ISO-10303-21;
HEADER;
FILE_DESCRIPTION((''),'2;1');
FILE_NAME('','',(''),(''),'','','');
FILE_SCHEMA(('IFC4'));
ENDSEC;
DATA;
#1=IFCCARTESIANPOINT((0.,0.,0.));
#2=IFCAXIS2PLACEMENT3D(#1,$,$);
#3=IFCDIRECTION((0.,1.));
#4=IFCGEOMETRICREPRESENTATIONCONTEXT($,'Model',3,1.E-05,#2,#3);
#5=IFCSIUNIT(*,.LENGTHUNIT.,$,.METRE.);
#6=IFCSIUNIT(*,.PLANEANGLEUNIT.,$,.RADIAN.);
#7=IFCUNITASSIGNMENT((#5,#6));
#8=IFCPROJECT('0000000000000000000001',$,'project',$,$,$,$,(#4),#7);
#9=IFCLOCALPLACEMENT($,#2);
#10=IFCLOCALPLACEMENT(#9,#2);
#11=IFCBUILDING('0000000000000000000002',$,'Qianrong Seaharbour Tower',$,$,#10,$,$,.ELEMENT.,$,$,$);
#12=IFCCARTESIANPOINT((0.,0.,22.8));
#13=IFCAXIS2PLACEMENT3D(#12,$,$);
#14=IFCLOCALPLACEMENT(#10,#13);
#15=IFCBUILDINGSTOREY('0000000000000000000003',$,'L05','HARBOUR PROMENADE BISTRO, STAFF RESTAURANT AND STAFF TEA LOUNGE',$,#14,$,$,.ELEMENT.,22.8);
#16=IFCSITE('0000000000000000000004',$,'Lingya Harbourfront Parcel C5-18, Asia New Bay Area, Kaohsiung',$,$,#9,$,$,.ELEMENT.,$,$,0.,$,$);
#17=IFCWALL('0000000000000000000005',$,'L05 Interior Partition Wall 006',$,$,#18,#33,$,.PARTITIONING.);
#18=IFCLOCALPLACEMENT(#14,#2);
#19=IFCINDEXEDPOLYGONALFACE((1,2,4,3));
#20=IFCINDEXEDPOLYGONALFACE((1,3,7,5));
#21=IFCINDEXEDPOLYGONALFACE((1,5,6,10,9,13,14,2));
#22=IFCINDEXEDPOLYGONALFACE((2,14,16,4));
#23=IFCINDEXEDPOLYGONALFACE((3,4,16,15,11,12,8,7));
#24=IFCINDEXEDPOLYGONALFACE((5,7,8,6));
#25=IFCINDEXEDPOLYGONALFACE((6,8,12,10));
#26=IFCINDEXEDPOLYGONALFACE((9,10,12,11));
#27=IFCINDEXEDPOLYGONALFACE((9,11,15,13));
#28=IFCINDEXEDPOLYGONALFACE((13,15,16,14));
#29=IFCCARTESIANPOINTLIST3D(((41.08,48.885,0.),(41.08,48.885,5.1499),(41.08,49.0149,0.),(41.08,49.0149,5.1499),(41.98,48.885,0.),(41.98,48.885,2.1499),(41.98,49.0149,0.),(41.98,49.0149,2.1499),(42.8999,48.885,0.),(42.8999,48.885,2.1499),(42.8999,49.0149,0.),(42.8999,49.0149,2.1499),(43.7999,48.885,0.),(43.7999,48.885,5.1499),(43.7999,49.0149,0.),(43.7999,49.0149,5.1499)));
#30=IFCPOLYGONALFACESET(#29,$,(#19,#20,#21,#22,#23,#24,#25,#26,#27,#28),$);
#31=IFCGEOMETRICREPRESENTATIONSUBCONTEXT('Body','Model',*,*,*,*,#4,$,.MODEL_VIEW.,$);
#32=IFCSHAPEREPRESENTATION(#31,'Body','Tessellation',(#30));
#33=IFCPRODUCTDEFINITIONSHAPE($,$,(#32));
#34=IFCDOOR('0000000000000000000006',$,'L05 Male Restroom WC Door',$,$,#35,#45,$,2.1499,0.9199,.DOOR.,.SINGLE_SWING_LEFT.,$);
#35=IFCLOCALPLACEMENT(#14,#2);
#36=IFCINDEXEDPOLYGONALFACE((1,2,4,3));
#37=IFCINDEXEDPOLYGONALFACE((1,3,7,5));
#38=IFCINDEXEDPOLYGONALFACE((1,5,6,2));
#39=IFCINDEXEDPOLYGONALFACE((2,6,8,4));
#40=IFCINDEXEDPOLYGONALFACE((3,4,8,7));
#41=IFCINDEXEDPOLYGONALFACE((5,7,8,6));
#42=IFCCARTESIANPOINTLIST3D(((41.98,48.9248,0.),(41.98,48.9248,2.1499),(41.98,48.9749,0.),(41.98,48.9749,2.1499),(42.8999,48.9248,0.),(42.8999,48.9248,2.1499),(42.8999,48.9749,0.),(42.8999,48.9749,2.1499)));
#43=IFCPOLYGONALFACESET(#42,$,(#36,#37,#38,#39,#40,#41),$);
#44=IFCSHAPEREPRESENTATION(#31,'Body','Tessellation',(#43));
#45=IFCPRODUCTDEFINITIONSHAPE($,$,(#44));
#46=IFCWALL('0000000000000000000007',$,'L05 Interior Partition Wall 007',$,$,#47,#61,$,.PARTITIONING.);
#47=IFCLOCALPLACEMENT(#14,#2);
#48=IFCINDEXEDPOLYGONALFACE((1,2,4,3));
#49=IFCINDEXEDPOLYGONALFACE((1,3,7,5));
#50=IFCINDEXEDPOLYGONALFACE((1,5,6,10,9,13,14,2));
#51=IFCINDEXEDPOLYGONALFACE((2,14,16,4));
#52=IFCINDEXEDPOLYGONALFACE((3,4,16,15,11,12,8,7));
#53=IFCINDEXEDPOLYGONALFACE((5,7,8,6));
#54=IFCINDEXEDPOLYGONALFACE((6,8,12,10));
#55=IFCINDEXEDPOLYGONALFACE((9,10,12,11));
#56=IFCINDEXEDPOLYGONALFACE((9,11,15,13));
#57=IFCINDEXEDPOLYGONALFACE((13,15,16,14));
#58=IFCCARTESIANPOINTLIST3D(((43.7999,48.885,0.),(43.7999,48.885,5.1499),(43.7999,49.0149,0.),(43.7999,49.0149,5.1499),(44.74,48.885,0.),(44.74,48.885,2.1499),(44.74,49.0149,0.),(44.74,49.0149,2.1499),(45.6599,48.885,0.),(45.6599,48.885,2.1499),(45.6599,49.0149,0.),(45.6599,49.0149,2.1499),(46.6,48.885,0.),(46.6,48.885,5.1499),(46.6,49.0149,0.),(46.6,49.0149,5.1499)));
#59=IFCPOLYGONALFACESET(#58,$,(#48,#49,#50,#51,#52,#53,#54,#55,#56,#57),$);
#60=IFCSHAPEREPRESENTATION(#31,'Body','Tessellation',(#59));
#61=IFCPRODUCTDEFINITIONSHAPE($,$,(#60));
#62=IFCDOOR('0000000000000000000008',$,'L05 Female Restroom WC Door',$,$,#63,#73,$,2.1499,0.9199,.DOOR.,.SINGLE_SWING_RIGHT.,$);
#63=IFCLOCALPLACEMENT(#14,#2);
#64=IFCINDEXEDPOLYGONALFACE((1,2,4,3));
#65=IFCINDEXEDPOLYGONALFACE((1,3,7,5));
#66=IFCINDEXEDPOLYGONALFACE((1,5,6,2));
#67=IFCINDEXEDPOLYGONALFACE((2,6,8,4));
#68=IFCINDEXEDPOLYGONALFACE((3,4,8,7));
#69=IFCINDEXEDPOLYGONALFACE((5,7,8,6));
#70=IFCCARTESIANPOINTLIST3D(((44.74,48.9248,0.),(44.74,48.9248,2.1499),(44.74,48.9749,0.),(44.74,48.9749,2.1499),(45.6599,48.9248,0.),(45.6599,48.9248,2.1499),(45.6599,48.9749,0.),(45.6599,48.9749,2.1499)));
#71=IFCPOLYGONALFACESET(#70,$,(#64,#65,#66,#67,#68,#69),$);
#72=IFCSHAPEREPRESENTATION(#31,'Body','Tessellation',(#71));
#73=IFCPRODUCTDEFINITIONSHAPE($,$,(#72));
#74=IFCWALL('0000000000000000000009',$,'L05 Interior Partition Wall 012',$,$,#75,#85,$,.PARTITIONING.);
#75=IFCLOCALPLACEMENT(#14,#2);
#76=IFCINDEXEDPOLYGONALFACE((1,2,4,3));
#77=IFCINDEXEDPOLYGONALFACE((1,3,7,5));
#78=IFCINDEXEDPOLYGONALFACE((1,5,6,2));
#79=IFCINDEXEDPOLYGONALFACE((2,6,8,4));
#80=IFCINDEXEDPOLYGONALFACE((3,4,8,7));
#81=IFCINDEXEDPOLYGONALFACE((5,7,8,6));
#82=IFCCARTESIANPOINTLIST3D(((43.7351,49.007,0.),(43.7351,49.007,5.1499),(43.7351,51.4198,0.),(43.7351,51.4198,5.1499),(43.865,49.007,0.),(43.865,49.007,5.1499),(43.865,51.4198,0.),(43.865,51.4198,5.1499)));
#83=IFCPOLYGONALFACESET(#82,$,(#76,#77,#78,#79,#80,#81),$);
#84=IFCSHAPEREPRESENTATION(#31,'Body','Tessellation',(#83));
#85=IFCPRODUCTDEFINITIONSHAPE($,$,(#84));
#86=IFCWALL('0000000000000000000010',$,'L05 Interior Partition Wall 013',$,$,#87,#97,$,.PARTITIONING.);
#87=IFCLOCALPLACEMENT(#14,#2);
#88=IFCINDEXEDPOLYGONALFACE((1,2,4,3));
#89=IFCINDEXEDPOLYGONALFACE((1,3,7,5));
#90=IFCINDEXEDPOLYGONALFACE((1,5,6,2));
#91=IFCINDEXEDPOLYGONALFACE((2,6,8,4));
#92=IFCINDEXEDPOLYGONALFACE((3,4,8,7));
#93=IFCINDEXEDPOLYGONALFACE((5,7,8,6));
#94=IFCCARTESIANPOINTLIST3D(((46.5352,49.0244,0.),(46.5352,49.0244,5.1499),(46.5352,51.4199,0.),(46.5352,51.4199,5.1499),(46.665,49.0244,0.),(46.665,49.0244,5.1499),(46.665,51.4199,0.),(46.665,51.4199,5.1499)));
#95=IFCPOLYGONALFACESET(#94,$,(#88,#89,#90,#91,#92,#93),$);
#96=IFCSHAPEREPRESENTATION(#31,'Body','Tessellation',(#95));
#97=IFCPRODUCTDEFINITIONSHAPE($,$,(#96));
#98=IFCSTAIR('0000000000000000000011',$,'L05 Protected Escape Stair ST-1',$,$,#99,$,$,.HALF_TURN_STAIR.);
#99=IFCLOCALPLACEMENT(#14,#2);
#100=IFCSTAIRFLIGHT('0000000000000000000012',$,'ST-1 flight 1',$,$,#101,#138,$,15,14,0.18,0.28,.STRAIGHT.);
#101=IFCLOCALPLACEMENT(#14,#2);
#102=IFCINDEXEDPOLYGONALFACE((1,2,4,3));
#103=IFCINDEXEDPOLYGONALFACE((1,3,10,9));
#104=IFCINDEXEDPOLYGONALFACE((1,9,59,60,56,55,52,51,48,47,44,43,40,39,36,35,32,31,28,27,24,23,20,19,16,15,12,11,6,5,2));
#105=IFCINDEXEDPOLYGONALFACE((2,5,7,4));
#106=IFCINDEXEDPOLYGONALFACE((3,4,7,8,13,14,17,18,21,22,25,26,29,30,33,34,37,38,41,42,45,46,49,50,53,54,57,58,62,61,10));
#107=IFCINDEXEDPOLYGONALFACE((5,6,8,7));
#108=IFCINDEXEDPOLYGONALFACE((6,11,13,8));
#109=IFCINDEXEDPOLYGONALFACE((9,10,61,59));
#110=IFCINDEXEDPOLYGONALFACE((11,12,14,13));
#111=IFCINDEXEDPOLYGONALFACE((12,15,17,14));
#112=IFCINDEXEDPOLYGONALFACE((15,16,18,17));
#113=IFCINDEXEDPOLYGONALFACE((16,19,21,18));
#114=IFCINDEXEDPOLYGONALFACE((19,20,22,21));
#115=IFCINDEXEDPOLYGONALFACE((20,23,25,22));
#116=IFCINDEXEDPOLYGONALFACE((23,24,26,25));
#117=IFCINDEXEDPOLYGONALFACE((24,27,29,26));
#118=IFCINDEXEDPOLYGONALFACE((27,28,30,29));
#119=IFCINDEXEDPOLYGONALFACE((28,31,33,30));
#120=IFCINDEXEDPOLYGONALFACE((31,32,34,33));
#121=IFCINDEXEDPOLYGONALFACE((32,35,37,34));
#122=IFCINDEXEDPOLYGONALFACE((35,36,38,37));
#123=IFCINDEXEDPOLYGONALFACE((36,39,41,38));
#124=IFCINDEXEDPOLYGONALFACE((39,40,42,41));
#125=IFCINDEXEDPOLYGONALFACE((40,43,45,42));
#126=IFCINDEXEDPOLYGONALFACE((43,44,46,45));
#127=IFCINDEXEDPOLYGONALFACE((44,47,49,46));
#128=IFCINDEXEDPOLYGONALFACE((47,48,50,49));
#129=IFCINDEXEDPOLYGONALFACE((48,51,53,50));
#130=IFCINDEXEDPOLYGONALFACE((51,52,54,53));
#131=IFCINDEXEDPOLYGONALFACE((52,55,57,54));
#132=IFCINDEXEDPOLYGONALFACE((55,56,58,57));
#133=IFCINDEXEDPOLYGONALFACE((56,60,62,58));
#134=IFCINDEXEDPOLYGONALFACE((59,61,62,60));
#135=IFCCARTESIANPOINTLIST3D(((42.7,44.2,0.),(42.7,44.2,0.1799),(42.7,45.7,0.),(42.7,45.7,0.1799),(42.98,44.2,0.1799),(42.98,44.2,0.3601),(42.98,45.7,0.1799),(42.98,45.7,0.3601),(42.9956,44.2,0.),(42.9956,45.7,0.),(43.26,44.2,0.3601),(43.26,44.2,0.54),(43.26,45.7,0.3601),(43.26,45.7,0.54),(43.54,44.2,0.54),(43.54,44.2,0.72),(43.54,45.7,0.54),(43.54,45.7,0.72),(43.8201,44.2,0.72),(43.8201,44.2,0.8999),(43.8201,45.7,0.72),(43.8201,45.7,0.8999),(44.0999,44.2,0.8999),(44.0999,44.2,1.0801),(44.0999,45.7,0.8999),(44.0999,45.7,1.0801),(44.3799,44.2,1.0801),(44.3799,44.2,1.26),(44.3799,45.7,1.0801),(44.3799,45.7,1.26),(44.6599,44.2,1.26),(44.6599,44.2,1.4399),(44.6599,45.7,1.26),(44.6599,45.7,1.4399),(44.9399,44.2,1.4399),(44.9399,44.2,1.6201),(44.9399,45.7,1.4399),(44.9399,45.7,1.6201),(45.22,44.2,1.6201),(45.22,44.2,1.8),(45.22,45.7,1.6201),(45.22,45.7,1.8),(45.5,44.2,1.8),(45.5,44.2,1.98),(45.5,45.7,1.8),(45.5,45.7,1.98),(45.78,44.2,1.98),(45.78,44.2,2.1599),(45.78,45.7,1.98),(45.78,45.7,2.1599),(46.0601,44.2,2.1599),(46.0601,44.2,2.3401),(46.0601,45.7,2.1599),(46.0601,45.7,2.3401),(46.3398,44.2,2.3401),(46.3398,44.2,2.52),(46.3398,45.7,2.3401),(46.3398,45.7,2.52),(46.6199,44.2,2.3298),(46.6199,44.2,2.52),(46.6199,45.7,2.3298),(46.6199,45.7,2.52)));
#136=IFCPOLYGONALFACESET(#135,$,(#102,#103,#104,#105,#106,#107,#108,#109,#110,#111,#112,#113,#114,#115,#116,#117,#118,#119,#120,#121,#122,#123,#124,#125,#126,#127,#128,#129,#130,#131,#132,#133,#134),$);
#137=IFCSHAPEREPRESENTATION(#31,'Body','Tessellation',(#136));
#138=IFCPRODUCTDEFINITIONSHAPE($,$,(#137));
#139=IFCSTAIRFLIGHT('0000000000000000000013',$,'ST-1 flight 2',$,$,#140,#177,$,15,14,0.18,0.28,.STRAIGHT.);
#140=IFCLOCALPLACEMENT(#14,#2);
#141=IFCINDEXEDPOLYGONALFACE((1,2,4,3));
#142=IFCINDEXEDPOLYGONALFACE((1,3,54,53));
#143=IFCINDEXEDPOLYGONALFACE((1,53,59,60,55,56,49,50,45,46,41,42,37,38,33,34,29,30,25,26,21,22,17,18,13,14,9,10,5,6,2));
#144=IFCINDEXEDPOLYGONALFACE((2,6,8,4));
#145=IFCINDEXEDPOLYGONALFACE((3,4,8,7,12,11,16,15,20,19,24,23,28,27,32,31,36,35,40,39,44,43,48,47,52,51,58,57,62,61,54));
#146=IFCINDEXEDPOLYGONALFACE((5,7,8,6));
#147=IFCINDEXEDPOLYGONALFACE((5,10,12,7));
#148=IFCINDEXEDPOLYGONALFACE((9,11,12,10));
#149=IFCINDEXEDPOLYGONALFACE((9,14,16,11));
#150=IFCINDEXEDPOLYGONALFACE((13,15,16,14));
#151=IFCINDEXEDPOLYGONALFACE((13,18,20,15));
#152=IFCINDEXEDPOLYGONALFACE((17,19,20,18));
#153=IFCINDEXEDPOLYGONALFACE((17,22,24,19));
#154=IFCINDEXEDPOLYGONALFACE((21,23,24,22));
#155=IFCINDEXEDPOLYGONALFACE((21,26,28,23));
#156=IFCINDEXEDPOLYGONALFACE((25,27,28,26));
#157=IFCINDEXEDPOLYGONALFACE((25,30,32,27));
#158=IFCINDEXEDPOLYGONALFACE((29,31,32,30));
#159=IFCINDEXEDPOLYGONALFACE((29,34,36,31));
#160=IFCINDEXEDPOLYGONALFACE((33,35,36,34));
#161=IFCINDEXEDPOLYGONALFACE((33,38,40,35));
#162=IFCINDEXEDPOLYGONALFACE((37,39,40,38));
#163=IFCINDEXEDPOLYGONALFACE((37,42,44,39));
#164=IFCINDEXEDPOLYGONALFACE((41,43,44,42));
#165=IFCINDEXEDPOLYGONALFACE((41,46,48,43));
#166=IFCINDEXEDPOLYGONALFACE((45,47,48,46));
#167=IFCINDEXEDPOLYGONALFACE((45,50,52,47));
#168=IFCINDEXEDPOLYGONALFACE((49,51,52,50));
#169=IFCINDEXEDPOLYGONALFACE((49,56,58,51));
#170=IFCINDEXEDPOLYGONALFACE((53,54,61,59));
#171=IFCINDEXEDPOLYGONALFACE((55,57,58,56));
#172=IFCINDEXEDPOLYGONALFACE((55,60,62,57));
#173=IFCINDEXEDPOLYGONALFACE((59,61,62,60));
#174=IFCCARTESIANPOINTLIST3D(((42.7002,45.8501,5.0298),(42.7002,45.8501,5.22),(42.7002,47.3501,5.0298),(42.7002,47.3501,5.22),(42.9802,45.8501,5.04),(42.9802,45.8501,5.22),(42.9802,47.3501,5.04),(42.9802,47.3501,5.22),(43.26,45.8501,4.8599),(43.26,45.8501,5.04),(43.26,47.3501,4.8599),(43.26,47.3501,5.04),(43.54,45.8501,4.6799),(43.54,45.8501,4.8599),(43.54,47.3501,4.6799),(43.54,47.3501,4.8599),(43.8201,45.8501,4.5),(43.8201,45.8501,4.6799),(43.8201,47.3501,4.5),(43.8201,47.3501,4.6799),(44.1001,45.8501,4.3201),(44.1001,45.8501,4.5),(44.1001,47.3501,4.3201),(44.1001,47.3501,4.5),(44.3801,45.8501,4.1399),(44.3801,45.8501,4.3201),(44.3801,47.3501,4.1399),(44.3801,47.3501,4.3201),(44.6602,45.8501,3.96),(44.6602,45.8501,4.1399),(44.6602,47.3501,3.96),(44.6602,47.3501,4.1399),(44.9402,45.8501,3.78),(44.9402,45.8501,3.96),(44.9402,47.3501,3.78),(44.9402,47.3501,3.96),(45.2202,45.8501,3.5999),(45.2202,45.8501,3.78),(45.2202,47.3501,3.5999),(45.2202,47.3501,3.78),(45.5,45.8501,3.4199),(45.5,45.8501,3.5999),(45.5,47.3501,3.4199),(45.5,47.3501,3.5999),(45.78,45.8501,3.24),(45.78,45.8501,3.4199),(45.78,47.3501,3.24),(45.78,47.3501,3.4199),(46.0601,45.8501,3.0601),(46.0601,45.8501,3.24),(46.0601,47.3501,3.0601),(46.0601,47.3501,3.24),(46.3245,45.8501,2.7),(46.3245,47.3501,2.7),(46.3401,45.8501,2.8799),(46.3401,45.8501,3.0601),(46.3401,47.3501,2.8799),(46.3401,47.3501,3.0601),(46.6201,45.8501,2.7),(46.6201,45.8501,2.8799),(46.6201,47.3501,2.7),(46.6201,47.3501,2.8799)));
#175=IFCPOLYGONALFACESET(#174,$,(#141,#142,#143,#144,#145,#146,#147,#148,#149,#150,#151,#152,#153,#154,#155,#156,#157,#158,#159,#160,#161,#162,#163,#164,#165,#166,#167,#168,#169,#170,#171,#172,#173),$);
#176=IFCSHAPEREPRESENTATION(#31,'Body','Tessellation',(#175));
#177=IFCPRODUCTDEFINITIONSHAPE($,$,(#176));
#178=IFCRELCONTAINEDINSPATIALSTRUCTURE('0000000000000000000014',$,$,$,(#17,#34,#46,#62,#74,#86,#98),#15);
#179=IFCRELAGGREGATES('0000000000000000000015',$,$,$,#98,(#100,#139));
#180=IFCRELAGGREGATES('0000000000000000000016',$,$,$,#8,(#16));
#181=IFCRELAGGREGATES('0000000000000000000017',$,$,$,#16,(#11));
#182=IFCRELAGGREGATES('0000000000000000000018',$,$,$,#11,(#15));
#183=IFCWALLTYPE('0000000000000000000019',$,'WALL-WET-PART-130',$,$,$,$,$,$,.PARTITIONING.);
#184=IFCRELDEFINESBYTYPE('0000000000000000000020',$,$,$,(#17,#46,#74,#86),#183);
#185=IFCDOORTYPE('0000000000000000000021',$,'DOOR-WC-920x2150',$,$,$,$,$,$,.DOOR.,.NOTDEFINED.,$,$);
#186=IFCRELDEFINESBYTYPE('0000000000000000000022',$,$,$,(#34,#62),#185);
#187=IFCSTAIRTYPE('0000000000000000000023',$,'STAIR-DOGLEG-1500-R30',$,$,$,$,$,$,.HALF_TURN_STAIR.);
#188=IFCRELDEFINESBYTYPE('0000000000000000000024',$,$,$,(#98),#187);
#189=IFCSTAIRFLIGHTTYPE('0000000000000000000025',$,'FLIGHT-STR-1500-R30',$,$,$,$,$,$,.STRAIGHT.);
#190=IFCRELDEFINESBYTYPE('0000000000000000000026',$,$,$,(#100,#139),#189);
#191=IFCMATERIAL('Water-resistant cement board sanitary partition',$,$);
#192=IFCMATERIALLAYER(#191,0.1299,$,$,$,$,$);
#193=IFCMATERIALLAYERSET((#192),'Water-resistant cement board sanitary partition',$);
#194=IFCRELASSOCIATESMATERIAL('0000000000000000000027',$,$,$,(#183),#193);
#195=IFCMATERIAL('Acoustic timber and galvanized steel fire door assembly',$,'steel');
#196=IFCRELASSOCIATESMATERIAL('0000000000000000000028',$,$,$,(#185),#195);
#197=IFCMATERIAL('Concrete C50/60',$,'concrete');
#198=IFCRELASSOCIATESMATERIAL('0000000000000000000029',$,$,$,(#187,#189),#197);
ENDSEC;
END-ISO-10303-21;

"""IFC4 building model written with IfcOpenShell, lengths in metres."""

from ifc_helpers import new_model, si_unit, direction, frame, frame_2d, origin, place, context, subcontext, project, spatial, polyline, rectangle, outline, extrude, material, layer, layer_set, type_object, element, fill, aggregate, save


model = new_model("IFC4")

# Units and contexts
model_context = context("Model", 3, precision=1e-05, world=origin(), true_north=direction((0.0, 1.0)))
body_context = subcontext(model_context, "Body", "Model", "MODEL_VIEW")
ifc_project = project(units=[si_unit("LENGTHUNIT", "METRE"), si_unit("PLANEANGLEUNIT", "RADIAN")], contexts=[model_context])

# Site, building, storey
site_placement = place(None, origin())
site = spatial("IfcSite", under=ifc_project, at=site_placement, Name="Lingya Harbourfront Parcel C5-18, Asia New Bay Area, Kaohsiung", CompositionType="ELEMENT", RefElevation=0.0)
building_placement = place(site_placement, origin())
building = spatial("IfcBuilding", under=site, at=building_placement, Name="Qianrong Seaharbour Tower", CompositionType="ELEMENT")
storey_placement = place(building_placement, frame((0.0, 0.0, 22.8)))
storey = spatial("IfcBuildingStorey", under=building, at=storey_placement, Name="L05", Description="HARBOUR PROMENADE BISTRO, STAFF RESTAURANT AND STAFF TEA LOUNGE", CompositionType="ELEMENT", Elevation=22.8)

# Shared definitions
ifc_material_1 = material(Name="Acoustic timber and galvanized steel fire door assembly", Category="steel")

# Shared definitions
ifc_material_2 = material(Name="Concrete C50/60", Category="concrete")

# Walls, openings, doors
ifc_material_3 = material(Name="Water-resistant cement board sanitary partition")
ifc_layer_1 = layer(ifc_material_3, 0.1299)
ifc_layer_set_1 = layer_set([ifc_layer_1], Name="Water-resistant cement board sanitary partition")
wall_type_1 = type_object("IfcWallType", Name="WALL-WET-PART-130", PredefinedType="PARTITIONING", material=ifc_layer_set_1)
wall_1_placement = place(storey_placement, frame((41.0801, 48.95, 0.0), z_axis=(0.0, 0.0, 1.0), x_axis=(1.0, 0.0, 0.0)))
wall_1 = element("IfcWall", 1, at=wall_1_placement, inside=storey, type_object=wall_type_1, Name="L05 Interior Partition Wall 006", PredefinedType="PARTITIONING", context=body_context, shape_type="SweptSolid", body=[
    extrude(rectangle(XDim=2.72, YDim=0.1299, at=frame_2d((1.3599, 0.0))), origin(), (0.0, 0.0, 1.0), 5.1499),
])
opening_1_placement = place(wall_1_placement, frame((0.8999, 0.0, 0.0)))
opening_1 = element("IfcOpeningElement", 2, at=opening_1_placement, cuts=wall_1, PredefinedType="OPENING", context=body_context, shape_type="SweptSolid", body=[
    extrude(rectangle(XDim=0.9199, YDim=2.1499, at=frame_2d((0.46, 1.075))), frame((0.0, 0.075, 0.0), z_axis=(0.0, -1.0, 0.0), x_axis=(1.0, 0.0, 0.0)), (0.0, 0.0, 1.0), 0.1499),
])
door_type_1 = type_object("IfcDoorType", Name="DOOR-WC-920x2150", OperationType="NOTDEFINED", PredefinedType="DOOR", material=ifc_material_1)
door_1_placement = place(opening_1_placement, origin())
door_1 = element("IfcDoor", 3, at=door_1_placement, inside=storey, type_object=door_type_1, Name="L05 Male Restroom WC Door", OperationType="SINGLE_SWING_LEFT", OverallHeight=2.1499, OverallWidth=0.9199, PredefinedType="DOOR", context=body_context, shape_type="SweptSolid", body=[
    extrude(rectangle(XDim=0.9199, YDim=2.1499, at=frame_2d((0.46, 1.075))), frame((0.0, 0.0249, 0.0), z_axis=(0.0, -1.0, 0.0), x_axis=(1.0, 0.0, 0.0)), (0.0, 0.0, 1.0), 0.05),
])
fill(opening_1, door_1)
wall_2_placement = place(storey_placement, frame((43.8, 48.95, 0.0), z_axis=(0.0, 0.0, 1.0), x_axis=(1.0, 0.0, 0.0)))
wall_2 = element("IfcWall", 4, at=wall_2_placement, inside=storey, type_object=wall_type_1, Name="L05 Interior Partition Wall 007", PredefinedType="PARTITIONING", context=body_context, shape_type="SweptSolid", body=[
    extrude(rectangle(XDim=2.8, YDim=0.1299, at=frame_2d((1.3999, 0.0))), origin(), (0.0, 0.0, 1.0), 5.1499),
])
opening_2_placement = place(wall_2_placement, frame((0.9399, 0.0, 0.0)))
opening_2 = element("IfcOpeningElement", 5, at=opening_2_placement, cuts=wall_2, PredefinedType="OPENING", context=body_context, shape_type="SweptSolid", body=[
    extrude(rectangle(XDim=0.9199, YDim=2.1499, at=frame_2d((0.46, 1.075))), frame((0.0, 0.075, 0.0), z_axis=(0.0, -1.0, 0.0), x_axis=(1.0, 0.0, 0.0)), (0.0, 0.0, 1.0), 0.1499),
])
door_2_placement = place(opening_2_placement, origin())
door_2 = element("IfcDoor", 6, at=door_2_placement, inside=storey, type_object=door_type_1, Name="L05 Female Restroom WC Door", OperationType="SINGLE_SWING_RIGHT", OverallHeight=2.1499, OverallWidth=0.9199, PredefinedType="DOOR", context=body_context, shape_type="SweptSolid", body=[
    extrude(rectangle(XDim=0.9199, YDim=2.1499, at=frame_2d((0.46, 1.075))), frame((0.0, 0.0249, 0.0), z_axis=(0.0, -1.0, 0.0), x_axis=(1.0, 0.0, 0.0)), (0.0, 0.0, 1.0), 0.05),
])
fill(opening_2, door_2)

# Walls
wall_3_placement = place(storey_placement, frame((43.8, 51.4199, 0.0), z_axis=(0.0, 0.0, 1.0), x_axis=(0.0, -1.0, 0.0)))
element("IfcWall", 7, at=wall_3_placement, inside=storey, type_object=wall_type_1, Name="L05 Interior Partition Wall 012", PredefinedType="PARTITIONING", context=body_context, shape_type="SweptSolid", body=[
    extrude(rectangle(XDim=2.4128, YDim=0.1299, at=frame_2d((1.2065, 0.0))), origin(), (0.0, 0.0, 1.0), 5.1499),
])
wall_4_placement = place(storey_placement, frame((46.6001, 51.4199, 0.0), z_axis=(0.0, 0.0, 1.0), x_axis=(0.0, -1.0, 0.0)))
element("IfcWall", 8, at=wall_4_placement, inside=storey, type_object=wall_type_1, Name="L05 Interior Partition Wall 013", PredefinedType="PARTITIONING", context=body_context, shape_type="SweptSolid", body=[
    extrude(rectangle(XDim=2.3955, YDim=0.1299, at=frame_2d((1.1978, 0.0))), origin(), (0.0, 0.0, 1.0), 5.1499),
])

# Stair, stair flights
stair_type = type_object("IfcStairType", Name="STAIR-DOGLEG-1500-R30", PredefinedType="HALF_TURN_STAIR", material=ifc_material_2)
stair_placement = place(storey_placement, origin())
stair = element("IfcStair", 9, at=stair_placement, inside=storey, type_object=stair_type, Name="L05 Protected Escape Stair ST-1", PredefinedType="HALF_TURN_STAIR")
stair_flight_type = type_object("IfcStairFlightType", Name="FLIGHT-STR-1500-R30", PredefinedType="STRAIGHT", material=ifc_material_2)
stair_flight_1_placement = place(storey_placement, frame((42.7, 44.95, 0.0), z_axis=(0.0, 0.0, 1.0), x_axis=(1.0, 0.0, 0.0)))
stair_flight_1 = element("IfcStairFlight", 10, at=stair_flight_1_placement, type_object=stair_flight_type, Name="ST-1 flight 1", NumberOfRisers=15, NumberOfTreads=14, PredefinedType="STRAIGHT", RiserHeight=0.18, TreadLength=0.28, context=body_context, shape_type="SweptSolid", body=[
    extrude(outline(polyline([(0.0, 0.0), (0.0, 0.1799), (0.28, 0.1799), (0.28, 0.3601), (0.5601, 0.3601), (0.5601, 0.54), (0.8401, 0.54), (0.8401, 0.72), (1.1201, 0.72), (1.1201, 0.8999), (1.3999, 0.8999), (1.3999, 1.0801), (1.6799, 1.0801), (1.6799, 1.26), (1.96, 1.26), (1.96, 1.4399), (2.24, 1.4399), (2.24, 1.6201), (2.52, 1.6201), (2.52, 1.8), (2.8, 1.8), (2.8, 1.98), (3.0801, 1.98), (3.0801, 2.1599), (3.3601, 2.1599), (3.3601, 2.3401), (3.6399, 2.3401), (3.6399, 2.52), (3.9199, 2.52), (3.9199, 2.7), (3.9199, 2.3298), (0.2957, 0.0), (0.0, 0.0)])), frame((0.0, 0.75, 0.0), z_axis=(0.0, -1.0, 0.0), x_axis=(1.0, 0.0, 0.0)), (0.0, 0.0, 1.0), 1.5),
])
stair_flight_2_placement = place(storey_placement, frame((46.6201, 46.6001, 2.7), z_axis=(0.0, 0.0, 1.0), x_axis=(-1.0, 0.0, 0.0)))
stair_flight_2 = element("IfcStairFlight", 11, at=stair_flight_2_placement, type_object=stair_flight_type, Name="ST-1 flight 2", NumberOfRisers=15, NumberOfTreads=14, PredefinedType="STRAIGHT", RiserHeight=0.18, TreadLength=0.28, context=body_context, shape_type="SweptSolid", body=[
    extrude(outline(polyline([(0.0, 0.0), (0.0, 0.1799), (0.28, 0.1799), (0.28, 0.3601), (0.5601, 0.3601), (0.5601, 0.54), (0.8401, 0.54), (0.8401, 0.72), (1.1201, 0.72), (1.1201, 0.8999), (1.3999, 0.8999), (1.3999, 1.0801), (1.6799, 1.0801), (1.6799, 1.26), (1.96, 1.26), (1.96, 1.4399), (2.24, 1.4399), (2.24, 1.6201), (2.52, 1.6201), (2.52, 1.8), (2.8, 1.8), (2.8, 1.98), (3.0801, 1.98), (3.0801, 2.1599), (3.3601, 2.1599), (3.3601, 2.3401), (3.6399, 2.3401), (3.6399, 2.52), (3.9199, 2.52), (3.9199, 2.7), (3.9199, 2.3298), (0.2957, 0.0), (0.0, 0.0)])), frame((0.0, 0.75, 0.0), z_axis=(0.0, -1.0, 0.0), x_axis=(1.0, 0.0, 0.0)), (0.0, 0.0, 1.0), 1.5),
])
aggregate(stair, [stair_flight_1, stair_flight_2])

save(model, "model.ifc")
